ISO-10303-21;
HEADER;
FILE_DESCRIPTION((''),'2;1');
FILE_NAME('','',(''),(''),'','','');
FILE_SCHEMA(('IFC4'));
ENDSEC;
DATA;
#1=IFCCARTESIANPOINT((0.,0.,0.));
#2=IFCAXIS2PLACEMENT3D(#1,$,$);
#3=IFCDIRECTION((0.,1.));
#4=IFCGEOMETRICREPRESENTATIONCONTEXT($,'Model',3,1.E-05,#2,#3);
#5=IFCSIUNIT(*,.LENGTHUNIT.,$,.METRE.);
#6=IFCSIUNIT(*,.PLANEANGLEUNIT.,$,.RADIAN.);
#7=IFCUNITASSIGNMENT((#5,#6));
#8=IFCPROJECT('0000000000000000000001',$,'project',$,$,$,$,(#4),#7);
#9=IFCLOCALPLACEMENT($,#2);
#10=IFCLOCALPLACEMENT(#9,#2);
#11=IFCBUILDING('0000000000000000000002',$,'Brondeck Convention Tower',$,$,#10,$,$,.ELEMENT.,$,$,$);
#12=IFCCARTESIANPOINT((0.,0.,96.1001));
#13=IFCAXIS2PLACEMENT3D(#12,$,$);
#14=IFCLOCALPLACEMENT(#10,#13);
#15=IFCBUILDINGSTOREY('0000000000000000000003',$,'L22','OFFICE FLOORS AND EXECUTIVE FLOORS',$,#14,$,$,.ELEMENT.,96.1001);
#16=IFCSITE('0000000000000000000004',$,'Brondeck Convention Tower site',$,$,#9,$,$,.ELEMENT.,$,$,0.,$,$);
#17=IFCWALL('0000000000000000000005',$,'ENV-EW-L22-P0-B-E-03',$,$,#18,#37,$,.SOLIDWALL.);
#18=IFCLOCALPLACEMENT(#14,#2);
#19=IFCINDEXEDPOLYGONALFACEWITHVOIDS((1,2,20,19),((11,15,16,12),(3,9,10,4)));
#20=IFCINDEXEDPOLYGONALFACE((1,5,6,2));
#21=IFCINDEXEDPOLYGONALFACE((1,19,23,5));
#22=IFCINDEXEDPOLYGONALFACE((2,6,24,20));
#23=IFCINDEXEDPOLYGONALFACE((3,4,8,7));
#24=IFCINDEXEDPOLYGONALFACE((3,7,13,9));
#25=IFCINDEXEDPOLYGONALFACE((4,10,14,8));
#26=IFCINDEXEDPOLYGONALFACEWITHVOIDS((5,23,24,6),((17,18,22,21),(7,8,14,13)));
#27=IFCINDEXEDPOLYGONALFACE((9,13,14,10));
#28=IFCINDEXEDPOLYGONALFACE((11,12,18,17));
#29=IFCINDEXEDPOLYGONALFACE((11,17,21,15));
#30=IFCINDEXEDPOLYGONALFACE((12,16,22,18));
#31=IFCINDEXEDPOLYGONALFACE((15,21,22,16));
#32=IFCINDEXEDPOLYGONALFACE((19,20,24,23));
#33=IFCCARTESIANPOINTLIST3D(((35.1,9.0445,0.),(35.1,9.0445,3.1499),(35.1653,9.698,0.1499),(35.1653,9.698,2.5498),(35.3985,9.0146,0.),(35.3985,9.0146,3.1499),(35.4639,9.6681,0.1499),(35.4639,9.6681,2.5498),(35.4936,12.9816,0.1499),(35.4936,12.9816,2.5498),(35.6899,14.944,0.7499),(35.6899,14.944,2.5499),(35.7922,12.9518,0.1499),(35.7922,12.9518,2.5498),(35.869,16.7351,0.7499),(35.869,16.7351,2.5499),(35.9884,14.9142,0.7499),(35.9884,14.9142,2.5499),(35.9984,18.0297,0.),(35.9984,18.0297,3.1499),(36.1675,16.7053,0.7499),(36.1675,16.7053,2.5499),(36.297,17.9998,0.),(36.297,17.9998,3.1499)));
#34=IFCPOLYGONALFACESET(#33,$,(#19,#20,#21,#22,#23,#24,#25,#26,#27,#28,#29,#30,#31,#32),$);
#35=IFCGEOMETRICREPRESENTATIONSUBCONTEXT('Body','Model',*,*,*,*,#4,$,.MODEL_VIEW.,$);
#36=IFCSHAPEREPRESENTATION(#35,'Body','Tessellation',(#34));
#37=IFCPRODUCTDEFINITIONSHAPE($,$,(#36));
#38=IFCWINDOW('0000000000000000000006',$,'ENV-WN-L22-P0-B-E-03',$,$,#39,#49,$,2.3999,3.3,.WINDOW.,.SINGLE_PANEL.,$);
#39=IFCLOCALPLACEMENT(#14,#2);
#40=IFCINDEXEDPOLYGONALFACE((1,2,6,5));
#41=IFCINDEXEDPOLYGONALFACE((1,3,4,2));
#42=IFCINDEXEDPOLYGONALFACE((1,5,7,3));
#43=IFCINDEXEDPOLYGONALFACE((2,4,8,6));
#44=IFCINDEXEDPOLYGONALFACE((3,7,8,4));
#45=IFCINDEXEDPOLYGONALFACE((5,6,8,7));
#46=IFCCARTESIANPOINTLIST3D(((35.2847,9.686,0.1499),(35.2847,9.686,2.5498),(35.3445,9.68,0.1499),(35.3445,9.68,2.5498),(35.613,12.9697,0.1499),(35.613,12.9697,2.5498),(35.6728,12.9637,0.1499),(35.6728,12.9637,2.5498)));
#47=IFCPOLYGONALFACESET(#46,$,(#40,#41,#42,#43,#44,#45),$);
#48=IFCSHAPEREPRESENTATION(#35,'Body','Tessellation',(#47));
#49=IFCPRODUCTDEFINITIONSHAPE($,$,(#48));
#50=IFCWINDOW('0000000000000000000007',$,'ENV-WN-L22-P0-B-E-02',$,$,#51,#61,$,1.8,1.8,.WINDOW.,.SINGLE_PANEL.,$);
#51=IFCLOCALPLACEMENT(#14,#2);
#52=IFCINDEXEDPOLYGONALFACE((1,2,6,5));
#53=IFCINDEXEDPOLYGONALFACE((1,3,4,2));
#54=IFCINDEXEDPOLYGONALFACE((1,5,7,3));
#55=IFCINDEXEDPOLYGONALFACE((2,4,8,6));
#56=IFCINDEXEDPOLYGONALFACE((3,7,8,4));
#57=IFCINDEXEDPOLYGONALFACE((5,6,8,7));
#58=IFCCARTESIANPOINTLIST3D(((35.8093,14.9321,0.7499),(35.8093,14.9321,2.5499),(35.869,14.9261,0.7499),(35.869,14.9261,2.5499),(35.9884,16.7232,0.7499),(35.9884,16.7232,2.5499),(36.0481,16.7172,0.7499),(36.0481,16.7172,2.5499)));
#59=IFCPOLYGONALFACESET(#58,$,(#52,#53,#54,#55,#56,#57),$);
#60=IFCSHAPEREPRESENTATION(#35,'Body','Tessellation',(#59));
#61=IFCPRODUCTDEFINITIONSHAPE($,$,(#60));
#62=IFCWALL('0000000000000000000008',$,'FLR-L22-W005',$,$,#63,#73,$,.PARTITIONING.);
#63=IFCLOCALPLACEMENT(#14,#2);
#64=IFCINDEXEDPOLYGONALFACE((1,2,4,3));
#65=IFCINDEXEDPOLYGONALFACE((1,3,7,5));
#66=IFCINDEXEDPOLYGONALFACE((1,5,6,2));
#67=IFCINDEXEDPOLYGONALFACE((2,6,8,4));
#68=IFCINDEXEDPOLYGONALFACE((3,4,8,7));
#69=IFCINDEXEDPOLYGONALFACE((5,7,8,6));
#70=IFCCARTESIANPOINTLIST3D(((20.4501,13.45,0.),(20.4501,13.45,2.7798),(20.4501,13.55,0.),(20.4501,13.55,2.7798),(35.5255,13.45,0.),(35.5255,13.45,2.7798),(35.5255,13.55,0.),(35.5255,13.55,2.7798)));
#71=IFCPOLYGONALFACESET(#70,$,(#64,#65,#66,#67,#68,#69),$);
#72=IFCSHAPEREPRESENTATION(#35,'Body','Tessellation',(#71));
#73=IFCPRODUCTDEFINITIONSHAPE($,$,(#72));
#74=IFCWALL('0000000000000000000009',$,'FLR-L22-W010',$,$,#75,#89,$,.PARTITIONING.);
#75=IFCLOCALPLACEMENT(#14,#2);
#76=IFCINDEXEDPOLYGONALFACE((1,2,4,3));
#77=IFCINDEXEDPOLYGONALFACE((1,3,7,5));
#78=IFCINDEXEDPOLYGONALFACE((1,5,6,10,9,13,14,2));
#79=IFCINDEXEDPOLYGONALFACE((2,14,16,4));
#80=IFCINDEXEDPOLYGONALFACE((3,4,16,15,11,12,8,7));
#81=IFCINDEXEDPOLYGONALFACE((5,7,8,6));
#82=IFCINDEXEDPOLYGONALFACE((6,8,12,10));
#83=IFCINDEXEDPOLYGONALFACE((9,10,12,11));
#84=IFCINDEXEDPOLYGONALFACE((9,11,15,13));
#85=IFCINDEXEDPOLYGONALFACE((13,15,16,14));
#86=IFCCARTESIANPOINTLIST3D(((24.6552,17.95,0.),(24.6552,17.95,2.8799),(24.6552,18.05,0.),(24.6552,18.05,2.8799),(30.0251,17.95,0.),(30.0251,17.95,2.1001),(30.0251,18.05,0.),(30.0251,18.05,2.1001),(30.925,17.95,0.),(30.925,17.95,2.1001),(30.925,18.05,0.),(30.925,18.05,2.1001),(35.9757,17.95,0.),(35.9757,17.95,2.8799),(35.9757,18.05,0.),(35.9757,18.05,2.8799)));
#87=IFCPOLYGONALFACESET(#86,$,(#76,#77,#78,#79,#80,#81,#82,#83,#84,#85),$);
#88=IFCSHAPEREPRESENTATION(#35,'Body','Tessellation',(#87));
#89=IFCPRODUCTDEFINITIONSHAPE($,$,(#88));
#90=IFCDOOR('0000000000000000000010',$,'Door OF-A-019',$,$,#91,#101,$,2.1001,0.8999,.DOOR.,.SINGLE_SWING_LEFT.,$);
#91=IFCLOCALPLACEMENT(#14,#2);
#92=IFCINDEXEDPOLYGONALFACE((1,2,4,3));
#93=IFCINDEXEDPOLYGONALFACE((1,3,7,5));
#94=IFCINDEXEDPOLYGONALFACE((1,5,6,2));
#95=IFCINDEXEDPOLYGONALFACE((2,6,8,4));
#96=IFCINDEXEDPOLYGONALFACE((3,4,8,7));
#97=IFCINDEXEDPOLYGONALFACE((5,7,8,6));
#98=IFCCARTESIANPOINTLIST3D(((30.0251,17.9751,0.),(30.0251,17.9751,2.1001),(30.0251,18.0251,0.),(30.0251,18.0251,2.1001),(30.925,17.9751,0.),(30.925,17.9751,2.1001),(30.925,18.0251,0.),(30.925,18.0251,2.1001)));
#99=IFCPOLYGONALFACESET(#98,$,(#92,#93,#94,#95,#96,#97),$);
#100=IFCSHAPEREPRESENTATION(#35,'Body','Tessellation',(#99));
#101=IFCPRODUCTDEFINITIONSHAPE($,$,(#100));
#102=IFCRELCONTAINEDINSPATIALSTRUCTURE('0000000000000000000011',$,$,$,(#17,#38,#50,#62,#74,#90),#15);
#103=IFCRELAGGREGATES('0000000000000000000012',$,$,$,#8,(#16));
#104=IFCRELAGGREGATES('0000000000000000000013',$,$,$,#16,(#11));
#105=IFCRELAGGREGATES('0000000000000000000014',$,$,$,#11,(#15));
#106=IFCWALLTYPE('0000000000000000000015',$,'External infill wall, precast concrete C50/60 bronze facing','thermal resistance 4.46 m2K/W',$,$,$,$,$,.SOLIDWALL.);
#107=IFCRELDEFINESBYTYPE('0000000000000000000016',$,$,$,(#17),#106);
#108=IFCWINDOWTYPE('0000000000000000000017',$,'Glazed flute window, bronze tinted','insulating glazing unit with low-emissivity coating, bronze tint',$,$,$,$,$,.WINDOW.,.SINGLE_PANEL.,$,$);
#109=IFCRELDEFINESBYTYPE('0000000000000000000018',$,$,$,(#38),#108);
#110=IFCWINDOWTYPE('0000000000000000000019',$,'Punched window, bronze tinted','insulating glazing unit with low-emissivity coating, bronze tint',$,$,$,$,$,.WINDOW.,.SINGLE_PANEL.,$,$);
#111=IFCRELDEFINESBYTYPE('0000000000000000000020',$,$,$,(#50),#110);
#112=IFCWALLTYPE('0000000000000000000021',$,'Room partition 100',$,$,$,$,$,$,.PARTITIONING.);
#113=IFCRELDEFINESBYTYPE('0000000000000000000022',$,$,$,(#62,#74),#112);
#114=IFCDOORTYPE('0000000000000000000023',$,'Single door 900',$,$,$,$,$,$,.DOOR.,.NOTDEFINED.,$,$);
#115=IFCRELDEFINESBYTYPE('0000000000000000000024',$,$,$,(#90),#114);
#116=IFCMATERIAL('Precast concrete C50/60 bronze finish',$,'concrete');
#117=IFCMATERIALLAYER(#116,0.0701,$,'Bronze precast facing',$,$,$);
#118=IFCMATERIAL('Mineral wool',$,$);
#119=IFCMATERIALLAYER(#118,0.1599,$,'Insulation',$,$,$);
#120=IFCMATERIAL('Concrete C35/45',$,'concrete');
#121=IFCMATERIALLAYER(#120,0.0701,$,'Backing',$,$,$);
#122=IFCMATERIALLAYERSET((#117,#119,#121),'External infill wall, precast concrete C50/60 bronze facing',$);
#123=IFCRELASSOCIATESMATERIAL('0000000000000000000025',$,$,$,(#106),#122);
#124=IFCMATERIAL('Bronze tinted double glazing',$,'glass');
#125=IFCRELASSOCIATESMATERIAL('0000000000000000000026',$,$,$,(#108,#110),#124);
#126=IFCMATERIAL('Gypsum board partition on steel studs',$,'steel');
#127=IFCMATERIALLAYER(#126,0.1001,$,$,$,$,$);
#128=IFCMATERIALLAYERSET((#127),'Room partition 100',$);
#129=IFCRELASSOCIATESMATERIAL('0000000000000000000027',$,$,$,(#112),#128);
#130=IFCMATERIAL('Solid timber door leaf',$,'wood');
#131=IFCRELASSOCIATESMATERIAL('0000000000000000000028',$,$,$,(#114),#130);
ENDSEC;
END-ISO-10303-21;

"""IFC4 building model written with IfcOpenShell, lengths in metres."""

from ifc_helpers import new_model, si_unit, direction, frame, frame_2d, origin, place, context, subcontext, project, spatial, rectangle, extrude, material, layer, layer_set, type_object, element, fill, save


model = new_model("IFC4")

# Units and contexts
model_context = context("Model", 3, precision=1e-05, world=origin(), true_north=direction((0.0, 1.0)))
body_context = subcontext(model_context, "Body", "Model", "MODEL_VIEW")
ifc_project = project(units=[si_unit("LENGTHUNIT", "METRE"), si_unit("PLANEANGLEUNIT", "RADIAN")], contexts=[model_context])

# Site, building, storey
site_placement = place(None, origin())
site = spatial("IfcSite", under=ifc_project, at=site_placement, Name="Brondeck Convention Tower site", CompositionType="ELEMENT", RefElevation=0.0)
building_placement = place(site_placement, origin())
building = spatial("IfcBuilding", under=site, at=building_placement, Name="Brondeck Convention Tower", CompositionType="ELEMENT")
storey_placement = place(building_placement, frame((0.0, 0.0, 96.1001)))
storey = spatial("IfcBuildingStorey", under=building, at=storey_placement, Name="L22", Description="OFFICE FLOORS AND EXECUTIVE FLOORS", CompositionType="ELEMENT", Elevation=96.1001)

# Shared definitions
ifc_material_1 = material(Name="Precast concrete C50/60 bronze finish", Category="concrete")
ifc_layer_1 = layer(ifc_material_1, 0.0701, Name="Bronze precast facing")
ifc_material_2 = material(Name="Mineral wool")
ifc_layer_2 = layer(ifc_material_2, 0.1599, Name="Insulation")
ifc_material_3 = material(Name="Concrete C35/45", Category="concrete")
ifc_layer_3 = layer(ifc_material_3, 0.0701, Name="Backing")
ifc_layer_set_1 = layer_set([ifc_layer_1, ifc_layer_2, ifc_layer_3], Name="External infill wall, precast concrete C50/60 bronze facing")
wall_type_1 = type_object("IfcWallType", Name="External infill wall, precast concrete C50/60 bronze facing", Description="thermal resistance 4.46 m2K/W", PredefinedType="SOLIDWALL", material=ifc_layer_set_1)
ifc_material_4 = material(Name="Bronze tinted double glazing", Category="glass")
window_type_1 = type_object("IfcWindowType", Name="Glazed flute window, bronze tinted", Description="insulating glazing unit with low-emissivity coating, bronze tint", PartitioningType="SINGLE_PANEL", PredefinedType="WINDOW", material=ifc_material_4)

# Wall, openings, windows
wall_1_placement = place(storey_placement, frame((36.1477, 18.0149, 0.0), z_axis=(0.0, 0.0, 1.0), x_axis=(-0.099496, -0.995038, 0.0)))
wall_1 = element("IfcWall", 1, at=wall_1_placement, inside=storey, type_object=wall_type_1, Name="ENV-EW-L22-P0-B-E-03", PredefinedType="SOLIDWALL", context=body_context, shape_type="SweptSolid", body=[
    extrude(rectangle(XDim=9.03, YDim=0.3, at=frame_2d((4.5151, 0.0))), origin(), (0.0, 0.0, 1.0), 3.1499),
])
opening_1_placement = place(wall_1_placement, frame((1.3013, 0.0, 0.75)))
opening_1 = element("IfcOpeningElement", 2, at=opening_1_placement, cuts=wall_1, PredefinedType="OPENING", context=body_context, shape_type="SweptSolid", body=[
    extrude(rectangle(XDim=1.8, YDim=1.8, at=frame_2d((0.8999, 0.8999))), frame((0.0, 0.1599, 0.0), z_axis=(0.0, -1.0, 0.0), x_axis=(1.0, 0.0, 0.0)), (0.0, 0.0, 1.0), 0.3201),
])
opening_2_placement = place(wall_1_placement, frame((5.0735, 0.0, 0.1499)))
opening_2 = element("IfcOpeningElement", 3, at=opening_2_placement, cuts=wall_1, PredefinedType="OPENING", context=body_context, shape_type="SweptSolid", body=[
    extrude(rectangle(XDim=3.3, YDim=2.3999, at=frame_2d((1.6499, 1.2))), frame((0.0, 0.1599, 0.0), z_axis=(0.0, -1.0, 0.0), x_axis=(1.0, 0.0, 0.0)), (0.0, 0.0, 1.0), 0.3201),
])
window_1_placement = place(opening_2_placement, origin())
window_1 = element("IfcWindow", 4, at=window_1_placement, inside=storey, type_object=window_type_1, Name="ENV-WN-L22-P0-B-E-03", OverallHeight=2.3999, OverallWidth=3.3, PartitioningType="SINGLE_PANEL", PredefinedType="WINDOW", context=body_context, shape_type="SweptSolid", body=[
    extrude(rectangle(XDim=3.3, YDim=2.3999, at=frame_2d((1.6499, 1.2))), frame((0.0, 0.03, 0.0), z_axis=(0.0, -1.0, 0.0), x_axis=(1.0, 0.0, 0.0)), (0.0, 0.0, 1.0), 0.0601),
])
fill(opening_2, window_1)
window_type_2 = type_object("IfcWindowType", Name="Punched window, bronze tinted", Description="insulating glazing unit with low-emissivity coating, bronze tint", PartitioningType="SINGLE_PANEL", PredefinedType="WINDOW", material=ifc_material_4)
window_2_placement = place(opening_1_placement, origin())
window_2 = element("IfcWindow", 5, at=window_2_placement, inside=storey, type_object=window_type_2, Name="ENV-WN-L22-P0-B-E-02", OverallHeight=1.8, OverallWidth=1.8, PartitioningType="SINGLE_PANEL", PredefinedType="WINDOW", context=body_context, shape_type="SweptSolid", body=[
    extrude(rectangle(XDim=1.8, YDim=1.8, at=frame_2d((0.8999, 0.8999))), frame((0.0, 0.03, 0.0), z_axis=(0.0, -1.0, 0.0), x_axis=(1.0, 0.0, 0.0)), (0.0, 0.0, 1.0), 0.0601),
])
fill(opening_1, window_2)

# Wall
ifc_material_5 = material(Name="Gypsum board partition on steel studs", Category="steel")
ifc_layer_4 = layer(ifc_material_5, 0.1001)
ifc_layer_set_2 = layer_set([ifc_layer_4], Name="Room partition 100")
wall_type_2 = type_object("IfcWallType", Name="Room partition 100", PredefinedType="PARTITIONING", material=ifc_layer_set_2)
wall_2_placement = place(storey_placement, frame((35.5254, 13.5, 0.0), z_axis=(0.0, 0.0, 1.0), x_axis=(-1.0, 0.0, 0.0)))
element("IfcWall", 6, at=wall_2_placement, inside=storey, type_object=wall_type_2, Name="FLR-L22-W005", PredefinedType="PARTITIONING", context=body_context, shape_type="SweptSolid", body=[
    extrude(rectangle(XDim=15.0754, YDim=0.1001, at=frame_2d((7.5376, 0.0))), origin(), (0.0, 0.0, 1.0), 2.7798),
])

# Wall, opening, door
wall_3_placement = place(storey_placement, frame((35.9756, 18.0, 0.0), z_axis=(0.0, 0.0, 1.0), x_axis=(-1.0, 0.0, 0.0)))
wall_3 = element("IfcWall", 7, at=wall_3_placement, inside=storey, type_object=wall_type_2, Name="FLR-L22-W010", PredefinedType="PARTITIONING", context=body_context, shape_type="SweptSolid", body=[
    extrude(rectangle(XDim=11.3206, YDim=0.1001, at=frame_2d((5.6602, 0.0))), origin(), (0.0, 0.0, 1.0), 2.8799),
])
opening_3_placement = place(wall_3_placement, frame((5.0505, 0.0, 0.0)))
opening_3 = element("IfcOpeningElement", 8, at=opening_3_placement, cuts=wall_3, PredefinedType="OPENING", context=body_context, shape_type="SweptSolid", body=[
    extrude(rectangle(XDim=0.8999, YDim=2.1001, at=frame_2d((0.45, 1.05))), frame((0.0, 0.0601, 0.0), z_axis=(0.0, -1.0, 0.0), x_axis=(1.0, 0.0, 0.0)), (0.0, 0.0, 1.0), 0.1201),
])
ifc_material_6 = material(Name="Solid timber door leaf", Category="wood")
door_type = type_object("IfcDoorType", Name="Single door 900", OperationType="NOTDEFINED", PredefinedType="DOOR", material=ifc_material_6)
door_placement = place(opening_3_placement, origin())
door = element("IfcDoor", 9, at=door_placement, inside=storey, type_object=door_type, Name="Door OF-A-019", OperationType="SINGLE_SWING_LEFT", OverallHeight=2.1001, OverallWidth=0.8999, PredefinedType="DOOR", context=body_context, shape_type="SweptSolid", body=[
    extrude(rectangle(XDim=0.8999, YDim=2.1001, at=frame_2d((0.45, 1.05))), frame((0.0, 0.0249, 0.0), z_axis=(0.0, -1.0, 0.0), x_axis=(1.0, 0.0, 0.0)), (0.0, 0.0, 1.0), 0.05),
])
fill(opening_3, door)

save(model, "model.ifc")
